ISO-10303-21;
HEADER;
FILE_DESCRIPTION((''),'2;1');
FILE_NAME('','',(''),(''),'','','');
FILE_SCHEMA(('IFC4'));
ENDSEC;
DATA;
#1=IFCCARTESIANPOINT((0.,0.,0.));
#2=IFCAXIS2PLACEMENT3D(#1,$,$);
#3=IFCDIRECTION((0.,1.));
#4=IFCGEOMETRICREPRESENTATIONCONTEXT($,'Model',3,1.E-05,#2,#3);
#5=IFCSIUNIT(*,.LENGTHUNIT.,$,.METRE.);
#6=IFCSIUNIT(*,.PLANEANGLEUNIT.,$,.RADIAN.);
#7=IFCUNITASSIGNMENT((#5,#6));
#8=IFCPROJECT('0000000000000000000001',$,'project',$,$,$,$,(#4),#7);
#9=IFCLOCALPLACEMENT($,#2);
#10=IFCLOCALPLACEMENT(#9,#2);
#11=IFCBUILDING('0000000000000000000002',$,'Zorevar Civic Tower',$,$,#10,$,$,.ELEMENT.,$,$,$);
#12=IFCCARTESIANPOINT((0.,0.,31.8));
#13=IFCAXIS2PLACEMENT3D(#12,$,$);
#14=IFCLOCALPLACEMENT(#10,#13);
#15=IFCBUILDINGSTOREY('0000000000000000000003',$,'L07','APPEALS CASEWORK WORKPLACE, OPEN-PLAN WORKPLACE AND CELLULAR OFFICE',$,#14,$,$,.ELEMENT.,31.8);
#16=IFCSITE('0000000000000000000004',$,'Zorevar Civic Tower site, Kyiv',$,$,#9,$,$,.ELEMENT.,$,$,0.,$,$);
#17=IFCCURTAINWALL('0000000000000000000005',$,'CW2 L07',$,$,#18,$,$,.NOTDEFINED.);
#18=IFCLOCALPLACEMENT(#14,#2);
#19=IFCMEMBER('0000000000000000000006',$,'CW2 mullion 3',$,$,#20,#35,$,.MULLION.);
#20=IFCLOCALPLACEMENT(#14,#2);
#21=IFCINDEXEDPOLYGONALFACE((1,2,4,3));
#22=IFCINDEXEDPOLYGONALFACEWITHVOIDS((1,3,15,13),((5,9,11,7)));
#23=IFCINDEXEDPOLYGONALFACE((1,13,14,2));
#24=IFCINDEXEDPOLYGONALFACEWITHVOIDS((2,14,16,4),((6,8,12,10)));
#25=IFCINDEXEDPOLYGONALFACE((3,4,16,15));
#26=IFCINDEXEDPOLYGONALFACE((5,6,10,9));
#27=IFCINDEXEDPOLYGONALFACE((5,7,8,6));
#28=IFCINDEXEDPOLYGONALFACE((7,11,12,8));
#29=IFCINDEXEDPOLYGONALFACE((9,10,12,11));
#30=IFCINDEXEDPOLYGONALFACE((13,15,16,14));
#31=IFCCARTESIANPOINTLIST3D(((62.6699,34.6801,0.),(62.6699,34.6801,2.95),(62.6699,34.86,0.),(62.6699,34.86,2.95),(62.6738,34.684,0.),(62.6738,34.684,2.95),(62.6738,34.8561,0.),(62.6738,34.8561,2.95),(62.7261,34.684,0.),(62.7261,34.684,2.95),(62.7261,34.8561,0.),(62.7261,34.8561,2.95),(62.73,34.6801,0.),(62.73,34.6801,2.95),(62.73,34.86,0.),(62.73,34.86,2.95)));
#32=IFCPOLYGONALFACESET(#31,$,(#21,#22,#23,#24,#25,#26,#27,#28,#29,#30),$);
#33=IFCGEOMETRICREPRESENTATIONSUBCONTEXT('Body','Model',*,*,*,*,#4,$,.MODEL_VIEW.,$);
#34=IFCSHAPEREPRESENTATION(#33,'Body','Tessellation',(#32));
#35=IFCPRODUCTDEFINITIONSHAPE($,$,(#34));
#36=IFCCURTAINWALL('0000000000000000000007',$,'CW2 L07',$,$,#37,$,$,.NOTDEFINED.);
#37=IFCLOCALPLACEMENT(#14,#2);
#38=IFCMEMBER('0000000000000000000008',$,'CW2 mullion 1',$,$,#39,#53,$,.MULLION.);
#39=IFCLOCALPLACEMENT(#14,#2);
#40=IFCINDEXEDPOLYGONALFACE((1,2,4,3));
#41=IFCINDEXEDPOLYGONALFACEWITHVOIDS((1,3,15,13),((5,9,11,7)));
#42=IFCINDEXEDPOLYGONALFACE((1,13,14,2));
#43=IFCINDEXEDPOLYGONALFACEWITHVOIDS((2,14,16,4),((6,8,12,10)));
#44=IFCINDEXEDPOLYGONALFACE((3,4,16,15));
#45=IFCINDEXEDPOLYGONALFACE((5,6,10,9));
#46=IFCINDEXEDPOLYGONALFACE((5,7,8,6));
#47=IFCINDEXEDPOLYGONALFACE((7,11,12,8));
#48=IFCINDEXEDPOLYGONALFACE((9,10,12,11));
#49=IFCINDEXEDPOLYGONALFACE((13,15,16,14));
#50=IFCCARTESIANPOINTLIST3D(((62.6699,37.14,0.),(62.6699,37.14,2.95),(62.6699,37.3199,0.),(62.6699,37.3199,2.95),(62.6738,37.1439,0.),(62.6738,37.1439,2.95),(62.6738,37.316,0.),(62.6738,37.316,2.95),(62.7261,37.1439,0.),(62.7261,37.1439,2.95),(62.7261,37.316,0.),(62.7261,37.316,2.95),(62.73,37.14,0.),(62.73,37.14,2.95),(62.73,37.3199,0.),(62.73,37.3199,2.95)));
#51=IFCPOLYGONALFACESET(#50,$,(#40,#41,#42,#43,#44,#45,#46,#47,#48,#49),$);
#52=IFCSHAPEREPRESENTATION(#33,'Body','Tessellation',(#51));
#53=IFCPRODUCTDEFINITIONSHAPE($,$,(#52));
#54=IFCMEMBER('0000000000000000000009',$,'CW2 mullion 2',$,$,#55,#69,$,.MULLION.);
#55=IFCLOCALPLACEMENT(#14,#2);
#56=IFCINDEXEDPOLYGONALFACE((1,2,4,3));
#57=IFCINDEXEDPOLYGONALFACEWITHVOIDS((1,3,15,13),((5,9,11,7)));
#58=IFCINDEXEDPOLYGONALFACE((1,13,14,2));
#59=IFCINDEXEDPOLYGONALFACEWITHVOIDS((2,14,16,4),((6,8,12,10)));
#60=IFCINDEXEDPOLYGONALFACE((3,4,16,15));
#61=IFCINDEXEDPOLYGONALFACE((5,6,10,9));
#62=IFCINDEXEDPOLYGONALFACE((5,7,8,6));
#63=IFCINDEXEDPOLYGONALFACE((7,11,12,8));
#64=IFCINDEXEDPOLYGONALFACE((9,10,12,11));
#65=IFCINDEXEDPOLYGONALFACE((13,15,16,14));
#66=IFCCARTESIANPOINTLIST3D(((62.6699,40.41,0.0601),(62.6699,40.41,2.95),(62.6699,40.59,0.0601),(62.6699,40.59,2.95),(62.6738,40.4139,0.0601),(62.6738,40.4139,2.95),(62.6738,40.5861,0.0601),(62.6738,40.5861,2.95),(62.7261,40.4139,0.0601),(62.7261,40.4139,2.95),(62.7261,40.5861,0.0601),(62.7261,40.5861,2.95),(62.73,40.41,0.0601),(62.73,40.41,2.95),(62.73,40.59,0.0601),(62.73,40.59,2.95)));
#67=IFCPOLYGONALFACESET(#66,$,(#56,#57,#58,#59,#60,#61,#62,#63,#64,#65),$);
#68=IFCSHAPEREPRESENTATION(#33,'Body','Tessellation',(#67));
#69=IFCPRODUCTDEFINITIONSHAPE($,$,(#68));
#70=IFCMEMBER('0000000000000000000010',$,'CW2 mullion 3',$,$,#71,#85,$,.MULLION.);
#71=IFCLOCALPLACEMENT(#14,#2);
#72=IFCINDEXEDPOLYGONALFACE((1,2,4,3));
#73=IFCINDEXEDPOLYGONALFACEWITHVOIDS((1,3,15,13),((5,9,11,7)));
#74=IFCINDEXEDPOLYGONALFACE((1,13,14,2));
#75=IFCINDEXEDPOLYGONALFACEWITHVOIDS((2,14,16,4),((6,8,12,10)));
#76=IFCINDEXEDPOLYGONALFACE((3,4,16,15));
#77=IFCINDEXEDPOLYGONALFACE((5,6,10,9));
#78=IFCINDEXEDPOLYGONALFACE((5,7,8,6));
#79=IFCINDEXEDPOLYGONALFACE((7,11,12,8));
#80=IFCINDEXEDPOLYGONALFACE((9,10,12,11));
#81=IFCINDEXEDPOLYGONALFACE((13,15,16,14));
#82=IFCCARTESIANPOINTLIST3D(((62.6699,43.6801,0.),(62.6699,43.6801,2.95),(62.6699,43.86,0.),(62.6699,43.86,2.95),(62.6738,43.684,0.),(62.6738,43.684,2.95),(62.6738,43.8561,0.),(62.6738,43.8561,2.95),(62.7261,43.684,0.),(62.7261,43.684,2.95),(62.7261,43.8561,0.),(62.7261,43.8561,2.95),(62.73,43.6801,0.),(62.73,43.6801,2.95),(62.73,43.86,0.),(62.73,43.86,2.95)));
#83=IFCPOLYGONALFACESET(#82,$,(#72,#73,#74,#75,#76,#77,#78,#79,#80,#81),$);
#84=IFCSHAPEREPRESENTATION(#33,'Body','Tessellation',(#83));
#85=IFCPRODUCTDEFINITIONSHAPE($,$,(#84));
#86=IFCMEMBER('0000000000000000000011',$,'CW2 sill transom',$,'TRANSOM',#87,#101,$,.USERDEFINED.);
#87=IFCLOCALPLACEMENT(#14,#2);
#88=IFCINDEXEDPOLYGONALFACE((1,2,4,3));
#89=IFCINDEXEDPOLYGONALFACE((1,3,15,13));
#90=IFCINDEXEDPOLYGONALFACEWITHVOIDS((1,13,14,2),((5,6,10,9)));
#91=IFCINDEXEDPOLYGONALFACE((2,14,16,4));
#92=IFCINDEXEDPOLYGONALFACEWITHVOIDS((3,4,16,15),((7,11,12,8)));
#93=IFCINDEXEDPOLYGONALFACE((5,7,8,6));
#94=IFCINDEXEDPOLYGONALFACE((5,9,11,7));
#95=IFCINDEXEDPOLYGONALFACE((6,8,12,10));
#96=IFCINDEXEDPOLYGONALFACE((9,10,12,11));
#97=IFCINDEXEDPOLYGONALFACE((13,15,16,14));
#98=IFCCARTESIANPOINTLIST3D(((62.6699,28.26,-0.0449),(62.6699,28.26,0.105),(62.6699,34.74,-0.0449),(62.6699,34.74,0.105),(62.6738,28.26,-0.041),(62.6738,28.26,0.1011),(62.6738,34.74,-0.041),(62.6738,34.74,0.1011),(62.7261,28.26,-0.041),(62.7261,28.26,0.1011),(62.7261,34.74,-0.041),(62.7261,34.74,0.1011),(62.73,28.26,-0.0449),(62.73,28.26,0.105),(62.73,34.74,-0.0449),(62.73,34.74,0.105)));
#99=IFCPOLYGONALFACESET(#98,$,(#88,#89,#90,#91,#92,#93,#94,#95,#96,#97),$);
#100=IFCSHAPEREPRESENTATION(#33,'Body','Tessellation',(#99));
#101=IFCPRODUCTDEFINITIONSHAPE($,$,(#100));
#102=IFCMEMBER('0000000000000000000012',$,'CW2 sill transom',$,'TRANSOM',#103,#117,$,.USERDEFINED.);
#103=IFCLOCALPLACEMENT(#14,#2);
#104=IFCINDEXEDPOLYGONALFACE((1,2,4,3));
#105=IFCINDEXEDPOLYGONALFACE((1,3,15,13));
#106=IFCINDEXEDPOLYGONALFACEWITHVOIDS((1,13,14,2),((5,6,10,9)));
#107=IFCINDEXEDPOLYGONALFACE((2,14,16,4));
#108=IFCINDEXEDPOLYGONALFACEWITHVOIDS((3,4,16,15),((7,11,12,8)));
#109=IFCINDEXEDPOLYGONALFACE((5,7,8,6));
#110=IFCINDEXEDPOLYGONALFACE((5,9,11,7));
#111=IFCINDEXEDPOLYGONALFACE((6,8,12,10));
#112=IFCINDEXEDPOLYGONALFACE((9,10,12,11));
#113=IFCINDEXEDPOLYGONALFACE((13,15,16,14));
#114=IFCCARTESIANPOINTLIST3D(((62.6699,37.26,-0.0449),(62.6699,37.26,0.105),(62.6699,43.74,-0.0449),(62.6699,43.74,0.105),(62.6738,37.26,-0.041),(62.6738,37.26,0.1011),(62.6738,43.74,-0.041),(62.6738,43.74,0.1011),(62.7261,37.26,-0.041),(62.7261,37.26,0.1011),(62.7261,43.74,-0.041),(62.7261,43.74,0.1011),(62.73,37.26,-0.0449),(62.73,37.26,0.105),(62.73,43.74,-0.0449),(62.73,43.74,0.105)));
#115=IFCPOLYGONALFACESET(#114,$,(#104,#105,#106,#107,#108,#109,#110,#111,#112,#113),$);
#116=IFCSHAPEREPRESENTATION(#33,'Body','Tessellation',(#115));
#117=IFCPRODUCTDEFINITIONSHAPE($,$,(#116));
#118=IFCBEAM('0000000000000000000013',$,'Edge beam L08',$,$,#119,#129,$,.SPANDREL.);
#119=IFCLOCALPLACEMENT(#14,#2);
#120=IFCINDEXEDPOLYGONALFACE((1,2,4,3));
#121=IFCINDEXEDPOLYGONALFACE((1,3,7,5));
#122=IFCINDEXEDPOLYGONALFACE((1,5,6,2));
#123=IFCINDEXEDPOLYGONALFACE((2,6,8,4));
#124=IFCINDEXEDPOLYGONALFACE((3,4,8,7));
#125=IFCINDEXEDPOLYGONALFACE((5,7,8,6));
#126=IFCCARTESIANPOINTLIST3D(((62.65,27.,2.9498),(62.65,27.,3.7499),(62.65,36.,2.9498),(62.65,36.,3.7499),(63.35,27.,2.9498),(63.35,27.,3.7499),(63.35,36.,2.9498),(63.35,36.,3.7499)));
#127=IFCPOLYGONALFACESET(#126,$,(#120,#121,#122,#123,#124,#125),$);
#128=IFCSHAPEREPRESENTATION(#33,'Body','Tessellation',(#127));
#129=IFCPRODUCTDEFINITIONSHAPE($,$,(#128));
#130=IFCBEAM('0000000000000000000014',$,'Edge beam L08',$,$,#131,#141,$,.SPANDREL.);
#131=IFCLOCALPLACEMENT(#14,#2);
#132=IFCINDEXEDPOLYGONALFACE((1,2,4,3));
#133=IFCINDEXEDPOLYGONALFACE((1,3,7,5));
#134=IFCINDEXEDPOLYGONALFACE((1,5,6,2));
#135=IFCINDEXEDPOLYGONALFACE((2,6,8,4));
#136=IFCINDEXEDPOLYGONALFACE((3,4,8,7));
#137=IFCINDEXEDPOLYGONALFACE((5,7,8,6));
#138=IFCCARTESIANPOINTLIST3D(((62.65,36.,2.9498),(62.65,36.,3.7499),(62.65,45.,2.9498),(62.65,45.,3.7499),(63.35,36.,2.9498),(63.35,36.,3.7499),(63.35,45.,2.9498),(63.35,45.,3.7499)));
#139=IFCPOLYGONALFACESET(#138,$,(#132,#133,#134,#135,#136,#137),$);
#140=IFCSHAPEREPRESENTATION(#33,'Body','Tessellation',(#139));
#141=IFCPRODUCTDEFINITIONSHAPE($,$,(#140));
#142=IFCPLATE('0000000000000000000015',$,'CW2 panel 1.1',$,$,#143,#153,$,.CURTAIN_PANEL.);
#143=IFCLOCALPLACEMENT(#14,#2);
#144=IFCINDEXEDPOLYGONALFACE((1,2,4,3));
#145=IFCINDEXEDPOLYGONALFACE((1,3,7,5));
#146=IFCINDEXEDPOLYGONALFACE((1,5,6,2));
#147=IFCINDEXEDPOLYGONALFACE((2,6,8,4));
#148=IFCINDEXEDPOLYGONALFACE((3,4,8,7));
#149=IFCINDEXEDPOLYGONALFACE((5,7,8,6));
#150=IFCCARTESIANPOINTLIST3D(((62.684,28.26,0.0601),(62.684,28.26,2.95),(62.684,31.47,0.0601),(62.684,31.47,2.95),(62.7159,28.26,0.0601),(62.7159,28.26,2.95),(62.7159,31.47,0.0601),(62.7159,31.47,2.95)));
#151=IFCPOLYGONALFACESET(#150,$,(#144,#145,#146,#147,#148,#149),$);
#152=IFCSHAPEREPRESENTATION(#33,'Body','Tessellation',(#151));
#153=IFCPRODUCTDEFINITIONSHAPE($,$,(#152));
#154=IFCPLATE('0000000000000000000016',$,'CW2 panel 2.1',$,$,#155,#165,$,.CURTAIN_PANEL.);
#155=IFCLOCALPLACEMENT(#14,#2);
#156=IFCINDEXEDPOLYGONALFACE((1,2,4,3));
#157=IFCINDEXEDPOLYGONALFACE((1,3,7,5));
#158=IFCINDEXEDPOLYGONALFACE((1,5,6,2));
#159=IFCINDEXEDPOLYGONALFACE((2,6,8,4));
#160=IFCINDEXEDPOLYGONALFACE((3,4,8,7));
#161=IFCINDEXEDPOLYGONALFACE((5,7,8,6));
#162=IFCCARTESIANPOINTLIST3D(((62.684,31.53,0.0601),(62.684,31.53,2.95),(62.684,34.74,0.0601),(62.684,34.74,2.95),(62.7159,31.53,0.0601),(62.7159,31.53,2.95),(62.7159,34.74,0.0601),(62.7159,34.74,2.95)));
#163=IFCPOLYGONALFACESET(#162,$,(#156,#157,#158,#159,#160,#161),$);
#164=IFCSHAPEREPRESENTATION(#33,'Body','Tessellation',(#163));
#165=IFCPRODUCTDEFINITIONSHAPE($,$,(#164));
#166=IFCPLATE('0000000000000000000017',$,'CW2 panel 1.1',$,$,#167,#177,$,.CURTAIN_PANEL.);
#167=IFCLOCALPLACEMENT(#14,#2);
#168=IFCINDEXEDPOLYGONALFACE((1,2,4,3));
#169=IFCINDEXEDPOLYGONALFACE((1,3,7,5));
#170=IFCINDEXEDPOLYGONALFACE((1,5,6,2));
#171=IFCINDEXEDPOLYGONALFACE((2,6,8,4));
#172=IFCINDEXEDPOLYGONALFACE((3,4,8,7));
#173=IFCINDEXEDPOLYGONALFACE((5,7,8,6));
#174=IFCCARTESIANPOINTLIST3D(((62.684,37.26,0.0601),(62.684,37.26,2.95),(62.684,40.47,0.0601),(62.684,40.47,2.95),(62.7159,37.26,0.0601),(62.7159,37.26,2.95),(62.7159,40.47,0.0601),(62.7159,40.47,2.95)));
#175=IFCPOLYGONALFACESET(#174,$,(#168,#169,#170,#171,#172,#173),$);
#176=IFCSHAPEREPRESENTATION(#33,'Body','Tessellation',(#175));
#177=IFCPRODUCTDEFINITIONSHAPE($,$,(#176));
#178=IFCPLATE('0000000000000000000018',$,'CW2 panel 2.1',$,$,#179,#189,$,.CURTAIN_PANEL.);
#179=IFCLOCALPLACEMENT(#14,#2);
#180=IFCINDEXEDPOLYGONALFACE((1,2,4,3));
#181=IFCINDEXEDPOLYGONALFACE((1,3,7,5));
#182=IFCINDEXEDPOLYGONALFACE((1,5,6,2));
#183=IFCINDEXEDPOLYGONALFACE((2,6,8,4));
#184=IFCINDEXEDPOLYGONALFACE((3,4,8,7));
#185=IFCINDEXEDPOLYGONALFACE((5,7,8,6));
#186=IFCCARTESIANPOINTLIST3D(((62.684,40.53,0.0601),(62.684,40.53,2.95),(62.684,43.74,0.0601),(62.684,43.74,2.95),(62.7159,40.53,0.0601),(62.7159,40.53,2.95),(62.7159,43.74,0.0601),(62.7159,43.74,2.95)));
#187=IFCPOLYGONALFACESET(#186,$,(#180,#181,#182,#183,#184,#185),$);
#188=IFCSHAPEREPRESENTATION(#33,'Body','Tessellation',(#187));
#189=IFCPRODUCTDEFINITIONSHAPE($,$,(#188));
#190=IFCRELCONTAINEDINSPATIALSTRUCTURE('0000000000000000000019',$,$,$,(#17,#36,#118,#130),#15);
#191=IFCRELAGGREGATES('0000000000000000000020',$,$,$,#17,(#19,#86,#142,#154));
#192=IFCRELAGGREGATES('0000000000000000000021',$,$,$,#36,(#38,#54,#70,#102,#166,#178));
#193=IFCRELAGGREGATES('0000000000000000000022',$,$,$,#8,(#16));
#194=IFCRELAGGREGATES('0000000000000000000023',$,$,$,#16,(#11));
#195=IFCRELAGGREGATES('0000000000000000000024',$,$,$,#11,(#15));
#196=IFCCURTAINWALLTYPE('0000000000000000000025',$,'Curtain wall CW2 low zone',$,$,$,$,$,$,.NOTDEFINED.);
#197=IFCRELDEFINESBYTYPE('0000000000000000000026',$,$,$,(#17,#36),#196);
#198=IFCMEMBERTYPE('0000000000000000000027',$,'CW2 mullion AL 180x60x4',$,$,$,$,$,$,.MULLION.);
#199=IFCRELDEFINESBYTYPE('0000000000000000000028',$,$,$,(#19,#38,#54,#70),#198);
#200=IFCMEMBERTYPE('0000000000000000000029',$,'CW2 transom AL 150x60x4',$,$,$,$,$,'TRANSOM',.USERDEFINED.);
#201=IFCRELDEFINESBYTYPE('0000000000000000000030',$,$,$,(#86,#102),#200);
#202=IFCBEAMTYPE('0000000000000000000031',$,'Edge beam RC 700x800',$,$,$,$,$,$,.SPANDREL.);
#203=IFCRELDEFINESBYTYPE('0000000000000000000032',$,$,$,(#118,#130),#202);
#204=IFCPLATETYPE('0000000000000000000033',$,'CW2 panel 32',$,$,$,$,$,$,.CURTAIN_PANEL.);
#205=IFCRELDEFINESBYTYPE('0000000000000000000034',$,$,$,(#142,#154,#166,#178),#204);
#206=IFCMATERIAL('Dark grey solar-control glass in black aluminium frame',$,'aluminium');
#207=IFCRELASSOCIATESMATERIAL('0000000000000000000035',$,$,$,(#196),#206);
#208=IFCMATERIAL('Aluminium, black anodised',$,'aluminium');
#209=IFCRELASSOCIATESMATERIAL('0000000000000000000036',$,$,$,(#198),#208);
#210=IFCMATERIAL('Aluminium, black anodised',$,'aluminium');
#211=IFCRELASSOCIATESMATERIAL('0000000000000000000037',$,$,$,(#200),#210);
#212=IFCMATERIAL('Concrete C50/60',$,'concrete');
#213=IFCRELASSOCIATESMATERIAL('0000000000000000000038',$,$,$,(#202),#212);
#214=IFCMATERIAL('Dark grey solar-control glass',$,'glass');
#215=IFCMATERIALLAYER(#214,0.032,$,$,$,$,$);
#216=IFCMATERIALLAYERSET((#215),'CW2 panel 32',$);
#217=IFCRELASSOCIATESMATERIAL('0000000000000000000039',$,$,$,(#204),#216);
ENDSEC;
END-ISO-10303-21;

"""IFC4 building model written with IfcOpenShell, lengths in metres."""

from ifc_helpers import new_model, si_unit, direction, frame, origin, origin_2d, place, context, subcontext, project, spatial, rectangle, hollow_rectangle, extrude, material, layer, layer_set, material_profile, profile_set, type_object, element, aggregate, save


model = new_model("IFC4")

# Units and contexts
model_context = context("Model", 3, precision=1e-05, world=origin(), true_north=direction((0.0, 1.0)))
body_context = subcontext(model_context, "Body", "Model", "MODEL_VIEW")
ifc_project = project(units=[si_unit("LENGTHUNIT", "METRE"), si_unit("PLANEANGLEUNIT", "RADIAN")], contexts=[model_context])

# Site, building, storey
site_placement = place(None, origin())
site = spatial("IfcSite", under=ifc_project, at=site_placement, Name="Zorevar Civic Tower site, Kyiv", CompositionType="ELEMENT", RefElevation=0.0)
building_placement = place(site_placement, origin())
building = spatial("IfcBuilding", under=site, at=building_placement, Name="Zorevar Civic Tower", CompositionType="ELEMENT")
storey_placement = place(building_placement, frame((0.0, 0.0, 31.8)))
storey = spatial("IfcBuildingStorey", under=building, at=storey_placement, Name="L07", Description="APPEALS CASEWORK WORKPLACE, OPEN-PLAN WORKPLACE AND CELLULAR OFFICE", CompositionType="ELEMENT", Elevation=31.8)

# Curtain walls, members
ifc_material_1 = material(Name="Dark grey solar-control glass in black aluminium frame", Category="aluminium")
curtain_wall_type = type_object("IfcCurtainWallType", Name="Curtain wall CW2 low zone", PredefinedType="NOTDEFINED", material=ifc_material_1)
curtain_wall_1_placement = place(storey_placement, origin())
curtain_wall_1 = element("IfcCurtainWall", 1, at=curtain_wall_1_placement, inside=storey, type_object=curtain_wall_type, Name="CW2 L07", PredefinedType="NOTDEFINED")
ifc_material_2 = material(Name="Aluminium, black anodised", Category="aluminium")
ifc_material_profile_1 = material_profile(ifc_material_2, hollow_rectangle(XDim=0.0601, YDim=0.1799, WallThickness=0.0039, at=origin_2d()), Name="AL 180x60x4")
ifc_profile_set_1 = profile_set([ifc_material_profile_1], Name="Aluminium, black anodised")
member_type_1 = type_object("IfcMemberType", Name="CW2 mullion AL 180x60x4", PredefinedType="MULLION", material=ifc_profile_set_1)
member_1_placement = place(storey_placement, frame((62.7, 34.77, 0.0), z_axis=(0.0, 0.0, 1.0), x_axis=(-1.0, 0.0, 0.0)))
member_1 = element("IfcMember", 2, at=member_1_placement, type_object=member_type_1, Name="CW2 mullion 3", PredefinedType="MULLION", context=body_context, shape_type="SweptSolid", body=[
    extrude(hollow_rectangle(XDim=0.0601, YDim=0.1799, WallThickness=0.0039, at=origin_2d()), origin(), (0.0, 0.0, 1.0), 2.95),
])
curtain_wall_2_placement = place(storey_placement, origin())
curtain_wall_2 = element("IfcCurtainWall", 3, at=curtain_wall_2_placement, inside=storey, type_object=curtain_wall_type, Name="CW2 L07", PredefinedType="NOTDEFINED")
member_2_placement = place(storey_placement, frame((62.7, 37.23, 0.0), z_axis=(0.0, 0.0, 1.0), x_axis=(-1.0, 0.0, 0.0)))
member_2 = element("IfcMember", 4, at=member_2_placement, type_object=member_type_1, Name="CW2 mullion 1", PredefinedType="MULLION", context=body_context, shape_type="SweptSolid", body=[
    extrude(hollow_rectangle(XDim=0.0601, YDim=0.1799, WallThickness=0.0039, at=origin_2d()), origin(), (0.0, 0.0, 1.0), 2.95),
])
member_3_placement = place(storey_placement, frame((62.7, 40.5, 0.0601), z_axis=(0.0, 0.0, 1.0), x_axis=(-1.0, 0.0, 0.0)))
member_3 = element("IfcMember", 5, at=member_3_placement, type_object=member_type_1, Name="CW2 mullion 2", PredefinedType="MULLION", context=body_context, shape_type="SweptSolid", body=[
    extrude(hollow_rectangle(XDim=0.0601, YDim=0.1799, WallThickness=0.0039, at=origin_2d()), origin(), (0.0, 0.0, 1.0), 2.8899),
])
member_4_placement = place(storey_placement, frame((62.7, 43.77, 0.0), z_axis=(0.0, 0.0, 1.0), x_axis=(-1.0, 0.0, 0.0)))
member_4 = element("IfcMember", 6, at=member_4_placement, type_object=member_type_1, Name="CW2 mullion 3", PredefinedType="MULLION", context=body_context, shape_type="SweptSolid", body=[
    extrude(hollow_rectangle(XDim=0.0601, YDim=0.1799, WallThickness=0.0039, at=origin_2d()), origin(), (0.0, 0.0, 1.0), 2.95),
])

# Members
ifc_material_3 = material(Name="Aluminium, black anodised", Category="aluminium")
ifc_material_profile_2 = material_profile(ifc_material_3, hollow_rectangle(XDim=0.0601, YDim=0.1499, WallThickness=0.0039, at=origin_2d()), Name="AL 150x60x4")
ifc_profile_set_2 = profile_set([ifc_material_profile_2], Name="Aluminium, black anodised")
member_type_2 = type_object("IfcMemberType", Name="CW2 transom AL 150x60x4", ElementType="TRANSOM", PredefinedType="USERDEFINED", material=ifc_profile_set_2)
member_5_placement = place(storey_placement, frame((62.7, 28.26, 0.03), z_axis=(0.0, 1.0, 0.0), x_axis=(-1.0, 0.0, 0.0)))
member_5 = element("IfcMember", 7, at=member_5_placement, type_object=member_type_2, Name="CW2 sill transom", ObjectType="TRANSOM", PredefinedType="USERDEFINED", context=body_context, shape_type="SweptSolid", body=[
    extrude(hollow_rectangle(XDim=0.0601, YDim=0.1499, WallThickness=0.0039, at=origin_2d()), origin(), (0.0, 0.0, 1.0), 6.48),
])
member_6_placement = place(storey_placement, frame((62.7, 37.26, 0.03), z_axis=(0.0, 1.0, 0.0), x_axis=(-1.0, 0.0, 0.0)))
member_6 = element("IfcMember", 8, at=member_6_placement, type_object=member_type_2, Name="CW2 sill transom", ObjectType="TRANSOM", PredefinedType="USERDEFINED", context=body_context, shape_type="SweptSolid", body=[
    extrude(hollow_rectangle(XDim=0.0601, YDim=0.1499, WallThickness=0.0039, at=origin_2d()), origin(), (0.0, 0.0, 1.0), 6.48),
])

# Beams
ifc_material_4 = material(Name="Concrete C50/60", Category="concrete")
ifc_material_profile_3 = material_profile(ifc_material_4, rectangle(XDim=0.7, YDim=0.8, at=origin_2d()), Name="RC 700x800")
ifc_profile_set_3 = profile_set([ifc_material_profile_3], Name="Concrete C50/60")
beam_type_1 = type_object("IfcBeamType", Name="Edge beam RC 700x800", PredefinedType="SPANDREL", material=ifc_profile_set_3)
for number, where, z_axis, x_axis, name in (
    (9, (63.0, 27.0, 3.3499), (0.0, 1.0, 0.0), (-1.0, 0.0, 0.0), "Edge beam L08"),
    (10, (63.0, 36.0, 3.3499), (0.0, 1.0, 0.0), (-1.0, 0.0, 0.0), "Edge beam L08"),
):
    element("IfcBeam", number, at=place(storey_placement, frame(where, z_axis=z_axis, x_axis=x_axis)), inside=storey, type_object=beam_type_1, Name=name, PredefinedType="SPANDREL", context=body_context, shape_type="SweptSolid", body=[
        extrude(rectangle(XDim=0.7, YDim=0.8, at=origin_2d()), origin(), (0.0, 0.0, 1.0), 9.0),
    ])

# Plates
ifc_material_5 = material(Name="Dark grey solar-control glass", Category="glass")
ifc_layer_1 = layer(ifc_material_5, 0.032)
ifc_layer_set_1 = layer_set([ifc_layer_1], Name="CW2 panel 32")
plate_type = type_object("IfcPlateType", Name="CW2 panel 32", PredefinedType="CURTAIN_PANEL", material=ifc_layer_set_1)
plate_1_placement = place(storey_placement, frame((62.7, 29.865, 0.0601), z_axis=(0.0, 0.0, 1.0), x_axis=(0.0, 1.0, 0.0)))
plate_1 = element("IfcPlate", 11, at=plate_1_placement, type_object=plate_type, Name="CW2 panel 1.1", PredefinedType="CURTAIN_PANEL", context=body_context, shape_type="SweptSolid", body=[
    extrude(rectangle(XDim=3.21, YDim=0.032, at=origin_2d()), origin(), (0.0, 0.0, 1.0), 2.8899),
])
plate_2_placement = place(storey_placement, frame((62.7, 33.135, 0.0601), z_axis=(0.0, 0.0, 1.0), x_axis=(0.0, 1.0, 0.0)))
plate_2 = element("IfcPlate", 12, at=plate_2_placement, type_object=plate_type, Name="CW2 panel 2.1", PredefinedType="CURTAIN_PANEL", context=body_context, shape_type="SweptSolid", body=[
    extrude(rectangle(XDim=3.21, YDim=0.032, at=origin_2d()), origin(), (0.0, 0.0, 1.0), 2.8899),
])
aggregate(curtain_wall_1, [member_1, member_5, plate_1, plate_2])
plate_3_placement = place(storey_placement, frame((62.7, 38.865, 0.0601), z_axis=(0.0, 0.0, 1.0), x_axis=(0.0, 1.0, 0.0)))
plate_3 = element("IfcPlate", 13, at=plate_3_placement, type_object=plate_type, Name="CW2 panel 1.1", PredefinedType="CURTAIN_PANEL", context=body_context, shape_type="SweptSolid", body=[
    extrude(rectangle(XDim=3.21, YDim=0.032, at=origin_2d()), origin(), (0.0, 0.0, 1.0), 2.8899),
])
plate_4_placement = place(storey_placement, frame((62.7, 42.135, 0.0601), z_axis=(0.0, 0.0, 1.0), x_axis=(0.0, 1.0, 0.0)))
plate_4 = element("IfcPlate", 14, at=plate_4_placement, type_object=plate_type, Name="CW2 panel 2.1", PredefinedType="CURTAIN_PANEL", context=body_context, shape_type="SweptSolid", body=[
    extrude(rectangle(XDim=3.21, YDim=0.032, at=origin_2d()), origin(), (0.0, 0.0, 1.0), 2.8899),
])
aggregate(curtain_wall_2, [member_2, member_3, member_4, member_6, plate_3, plate_4])

save(model, "model.ifc")
